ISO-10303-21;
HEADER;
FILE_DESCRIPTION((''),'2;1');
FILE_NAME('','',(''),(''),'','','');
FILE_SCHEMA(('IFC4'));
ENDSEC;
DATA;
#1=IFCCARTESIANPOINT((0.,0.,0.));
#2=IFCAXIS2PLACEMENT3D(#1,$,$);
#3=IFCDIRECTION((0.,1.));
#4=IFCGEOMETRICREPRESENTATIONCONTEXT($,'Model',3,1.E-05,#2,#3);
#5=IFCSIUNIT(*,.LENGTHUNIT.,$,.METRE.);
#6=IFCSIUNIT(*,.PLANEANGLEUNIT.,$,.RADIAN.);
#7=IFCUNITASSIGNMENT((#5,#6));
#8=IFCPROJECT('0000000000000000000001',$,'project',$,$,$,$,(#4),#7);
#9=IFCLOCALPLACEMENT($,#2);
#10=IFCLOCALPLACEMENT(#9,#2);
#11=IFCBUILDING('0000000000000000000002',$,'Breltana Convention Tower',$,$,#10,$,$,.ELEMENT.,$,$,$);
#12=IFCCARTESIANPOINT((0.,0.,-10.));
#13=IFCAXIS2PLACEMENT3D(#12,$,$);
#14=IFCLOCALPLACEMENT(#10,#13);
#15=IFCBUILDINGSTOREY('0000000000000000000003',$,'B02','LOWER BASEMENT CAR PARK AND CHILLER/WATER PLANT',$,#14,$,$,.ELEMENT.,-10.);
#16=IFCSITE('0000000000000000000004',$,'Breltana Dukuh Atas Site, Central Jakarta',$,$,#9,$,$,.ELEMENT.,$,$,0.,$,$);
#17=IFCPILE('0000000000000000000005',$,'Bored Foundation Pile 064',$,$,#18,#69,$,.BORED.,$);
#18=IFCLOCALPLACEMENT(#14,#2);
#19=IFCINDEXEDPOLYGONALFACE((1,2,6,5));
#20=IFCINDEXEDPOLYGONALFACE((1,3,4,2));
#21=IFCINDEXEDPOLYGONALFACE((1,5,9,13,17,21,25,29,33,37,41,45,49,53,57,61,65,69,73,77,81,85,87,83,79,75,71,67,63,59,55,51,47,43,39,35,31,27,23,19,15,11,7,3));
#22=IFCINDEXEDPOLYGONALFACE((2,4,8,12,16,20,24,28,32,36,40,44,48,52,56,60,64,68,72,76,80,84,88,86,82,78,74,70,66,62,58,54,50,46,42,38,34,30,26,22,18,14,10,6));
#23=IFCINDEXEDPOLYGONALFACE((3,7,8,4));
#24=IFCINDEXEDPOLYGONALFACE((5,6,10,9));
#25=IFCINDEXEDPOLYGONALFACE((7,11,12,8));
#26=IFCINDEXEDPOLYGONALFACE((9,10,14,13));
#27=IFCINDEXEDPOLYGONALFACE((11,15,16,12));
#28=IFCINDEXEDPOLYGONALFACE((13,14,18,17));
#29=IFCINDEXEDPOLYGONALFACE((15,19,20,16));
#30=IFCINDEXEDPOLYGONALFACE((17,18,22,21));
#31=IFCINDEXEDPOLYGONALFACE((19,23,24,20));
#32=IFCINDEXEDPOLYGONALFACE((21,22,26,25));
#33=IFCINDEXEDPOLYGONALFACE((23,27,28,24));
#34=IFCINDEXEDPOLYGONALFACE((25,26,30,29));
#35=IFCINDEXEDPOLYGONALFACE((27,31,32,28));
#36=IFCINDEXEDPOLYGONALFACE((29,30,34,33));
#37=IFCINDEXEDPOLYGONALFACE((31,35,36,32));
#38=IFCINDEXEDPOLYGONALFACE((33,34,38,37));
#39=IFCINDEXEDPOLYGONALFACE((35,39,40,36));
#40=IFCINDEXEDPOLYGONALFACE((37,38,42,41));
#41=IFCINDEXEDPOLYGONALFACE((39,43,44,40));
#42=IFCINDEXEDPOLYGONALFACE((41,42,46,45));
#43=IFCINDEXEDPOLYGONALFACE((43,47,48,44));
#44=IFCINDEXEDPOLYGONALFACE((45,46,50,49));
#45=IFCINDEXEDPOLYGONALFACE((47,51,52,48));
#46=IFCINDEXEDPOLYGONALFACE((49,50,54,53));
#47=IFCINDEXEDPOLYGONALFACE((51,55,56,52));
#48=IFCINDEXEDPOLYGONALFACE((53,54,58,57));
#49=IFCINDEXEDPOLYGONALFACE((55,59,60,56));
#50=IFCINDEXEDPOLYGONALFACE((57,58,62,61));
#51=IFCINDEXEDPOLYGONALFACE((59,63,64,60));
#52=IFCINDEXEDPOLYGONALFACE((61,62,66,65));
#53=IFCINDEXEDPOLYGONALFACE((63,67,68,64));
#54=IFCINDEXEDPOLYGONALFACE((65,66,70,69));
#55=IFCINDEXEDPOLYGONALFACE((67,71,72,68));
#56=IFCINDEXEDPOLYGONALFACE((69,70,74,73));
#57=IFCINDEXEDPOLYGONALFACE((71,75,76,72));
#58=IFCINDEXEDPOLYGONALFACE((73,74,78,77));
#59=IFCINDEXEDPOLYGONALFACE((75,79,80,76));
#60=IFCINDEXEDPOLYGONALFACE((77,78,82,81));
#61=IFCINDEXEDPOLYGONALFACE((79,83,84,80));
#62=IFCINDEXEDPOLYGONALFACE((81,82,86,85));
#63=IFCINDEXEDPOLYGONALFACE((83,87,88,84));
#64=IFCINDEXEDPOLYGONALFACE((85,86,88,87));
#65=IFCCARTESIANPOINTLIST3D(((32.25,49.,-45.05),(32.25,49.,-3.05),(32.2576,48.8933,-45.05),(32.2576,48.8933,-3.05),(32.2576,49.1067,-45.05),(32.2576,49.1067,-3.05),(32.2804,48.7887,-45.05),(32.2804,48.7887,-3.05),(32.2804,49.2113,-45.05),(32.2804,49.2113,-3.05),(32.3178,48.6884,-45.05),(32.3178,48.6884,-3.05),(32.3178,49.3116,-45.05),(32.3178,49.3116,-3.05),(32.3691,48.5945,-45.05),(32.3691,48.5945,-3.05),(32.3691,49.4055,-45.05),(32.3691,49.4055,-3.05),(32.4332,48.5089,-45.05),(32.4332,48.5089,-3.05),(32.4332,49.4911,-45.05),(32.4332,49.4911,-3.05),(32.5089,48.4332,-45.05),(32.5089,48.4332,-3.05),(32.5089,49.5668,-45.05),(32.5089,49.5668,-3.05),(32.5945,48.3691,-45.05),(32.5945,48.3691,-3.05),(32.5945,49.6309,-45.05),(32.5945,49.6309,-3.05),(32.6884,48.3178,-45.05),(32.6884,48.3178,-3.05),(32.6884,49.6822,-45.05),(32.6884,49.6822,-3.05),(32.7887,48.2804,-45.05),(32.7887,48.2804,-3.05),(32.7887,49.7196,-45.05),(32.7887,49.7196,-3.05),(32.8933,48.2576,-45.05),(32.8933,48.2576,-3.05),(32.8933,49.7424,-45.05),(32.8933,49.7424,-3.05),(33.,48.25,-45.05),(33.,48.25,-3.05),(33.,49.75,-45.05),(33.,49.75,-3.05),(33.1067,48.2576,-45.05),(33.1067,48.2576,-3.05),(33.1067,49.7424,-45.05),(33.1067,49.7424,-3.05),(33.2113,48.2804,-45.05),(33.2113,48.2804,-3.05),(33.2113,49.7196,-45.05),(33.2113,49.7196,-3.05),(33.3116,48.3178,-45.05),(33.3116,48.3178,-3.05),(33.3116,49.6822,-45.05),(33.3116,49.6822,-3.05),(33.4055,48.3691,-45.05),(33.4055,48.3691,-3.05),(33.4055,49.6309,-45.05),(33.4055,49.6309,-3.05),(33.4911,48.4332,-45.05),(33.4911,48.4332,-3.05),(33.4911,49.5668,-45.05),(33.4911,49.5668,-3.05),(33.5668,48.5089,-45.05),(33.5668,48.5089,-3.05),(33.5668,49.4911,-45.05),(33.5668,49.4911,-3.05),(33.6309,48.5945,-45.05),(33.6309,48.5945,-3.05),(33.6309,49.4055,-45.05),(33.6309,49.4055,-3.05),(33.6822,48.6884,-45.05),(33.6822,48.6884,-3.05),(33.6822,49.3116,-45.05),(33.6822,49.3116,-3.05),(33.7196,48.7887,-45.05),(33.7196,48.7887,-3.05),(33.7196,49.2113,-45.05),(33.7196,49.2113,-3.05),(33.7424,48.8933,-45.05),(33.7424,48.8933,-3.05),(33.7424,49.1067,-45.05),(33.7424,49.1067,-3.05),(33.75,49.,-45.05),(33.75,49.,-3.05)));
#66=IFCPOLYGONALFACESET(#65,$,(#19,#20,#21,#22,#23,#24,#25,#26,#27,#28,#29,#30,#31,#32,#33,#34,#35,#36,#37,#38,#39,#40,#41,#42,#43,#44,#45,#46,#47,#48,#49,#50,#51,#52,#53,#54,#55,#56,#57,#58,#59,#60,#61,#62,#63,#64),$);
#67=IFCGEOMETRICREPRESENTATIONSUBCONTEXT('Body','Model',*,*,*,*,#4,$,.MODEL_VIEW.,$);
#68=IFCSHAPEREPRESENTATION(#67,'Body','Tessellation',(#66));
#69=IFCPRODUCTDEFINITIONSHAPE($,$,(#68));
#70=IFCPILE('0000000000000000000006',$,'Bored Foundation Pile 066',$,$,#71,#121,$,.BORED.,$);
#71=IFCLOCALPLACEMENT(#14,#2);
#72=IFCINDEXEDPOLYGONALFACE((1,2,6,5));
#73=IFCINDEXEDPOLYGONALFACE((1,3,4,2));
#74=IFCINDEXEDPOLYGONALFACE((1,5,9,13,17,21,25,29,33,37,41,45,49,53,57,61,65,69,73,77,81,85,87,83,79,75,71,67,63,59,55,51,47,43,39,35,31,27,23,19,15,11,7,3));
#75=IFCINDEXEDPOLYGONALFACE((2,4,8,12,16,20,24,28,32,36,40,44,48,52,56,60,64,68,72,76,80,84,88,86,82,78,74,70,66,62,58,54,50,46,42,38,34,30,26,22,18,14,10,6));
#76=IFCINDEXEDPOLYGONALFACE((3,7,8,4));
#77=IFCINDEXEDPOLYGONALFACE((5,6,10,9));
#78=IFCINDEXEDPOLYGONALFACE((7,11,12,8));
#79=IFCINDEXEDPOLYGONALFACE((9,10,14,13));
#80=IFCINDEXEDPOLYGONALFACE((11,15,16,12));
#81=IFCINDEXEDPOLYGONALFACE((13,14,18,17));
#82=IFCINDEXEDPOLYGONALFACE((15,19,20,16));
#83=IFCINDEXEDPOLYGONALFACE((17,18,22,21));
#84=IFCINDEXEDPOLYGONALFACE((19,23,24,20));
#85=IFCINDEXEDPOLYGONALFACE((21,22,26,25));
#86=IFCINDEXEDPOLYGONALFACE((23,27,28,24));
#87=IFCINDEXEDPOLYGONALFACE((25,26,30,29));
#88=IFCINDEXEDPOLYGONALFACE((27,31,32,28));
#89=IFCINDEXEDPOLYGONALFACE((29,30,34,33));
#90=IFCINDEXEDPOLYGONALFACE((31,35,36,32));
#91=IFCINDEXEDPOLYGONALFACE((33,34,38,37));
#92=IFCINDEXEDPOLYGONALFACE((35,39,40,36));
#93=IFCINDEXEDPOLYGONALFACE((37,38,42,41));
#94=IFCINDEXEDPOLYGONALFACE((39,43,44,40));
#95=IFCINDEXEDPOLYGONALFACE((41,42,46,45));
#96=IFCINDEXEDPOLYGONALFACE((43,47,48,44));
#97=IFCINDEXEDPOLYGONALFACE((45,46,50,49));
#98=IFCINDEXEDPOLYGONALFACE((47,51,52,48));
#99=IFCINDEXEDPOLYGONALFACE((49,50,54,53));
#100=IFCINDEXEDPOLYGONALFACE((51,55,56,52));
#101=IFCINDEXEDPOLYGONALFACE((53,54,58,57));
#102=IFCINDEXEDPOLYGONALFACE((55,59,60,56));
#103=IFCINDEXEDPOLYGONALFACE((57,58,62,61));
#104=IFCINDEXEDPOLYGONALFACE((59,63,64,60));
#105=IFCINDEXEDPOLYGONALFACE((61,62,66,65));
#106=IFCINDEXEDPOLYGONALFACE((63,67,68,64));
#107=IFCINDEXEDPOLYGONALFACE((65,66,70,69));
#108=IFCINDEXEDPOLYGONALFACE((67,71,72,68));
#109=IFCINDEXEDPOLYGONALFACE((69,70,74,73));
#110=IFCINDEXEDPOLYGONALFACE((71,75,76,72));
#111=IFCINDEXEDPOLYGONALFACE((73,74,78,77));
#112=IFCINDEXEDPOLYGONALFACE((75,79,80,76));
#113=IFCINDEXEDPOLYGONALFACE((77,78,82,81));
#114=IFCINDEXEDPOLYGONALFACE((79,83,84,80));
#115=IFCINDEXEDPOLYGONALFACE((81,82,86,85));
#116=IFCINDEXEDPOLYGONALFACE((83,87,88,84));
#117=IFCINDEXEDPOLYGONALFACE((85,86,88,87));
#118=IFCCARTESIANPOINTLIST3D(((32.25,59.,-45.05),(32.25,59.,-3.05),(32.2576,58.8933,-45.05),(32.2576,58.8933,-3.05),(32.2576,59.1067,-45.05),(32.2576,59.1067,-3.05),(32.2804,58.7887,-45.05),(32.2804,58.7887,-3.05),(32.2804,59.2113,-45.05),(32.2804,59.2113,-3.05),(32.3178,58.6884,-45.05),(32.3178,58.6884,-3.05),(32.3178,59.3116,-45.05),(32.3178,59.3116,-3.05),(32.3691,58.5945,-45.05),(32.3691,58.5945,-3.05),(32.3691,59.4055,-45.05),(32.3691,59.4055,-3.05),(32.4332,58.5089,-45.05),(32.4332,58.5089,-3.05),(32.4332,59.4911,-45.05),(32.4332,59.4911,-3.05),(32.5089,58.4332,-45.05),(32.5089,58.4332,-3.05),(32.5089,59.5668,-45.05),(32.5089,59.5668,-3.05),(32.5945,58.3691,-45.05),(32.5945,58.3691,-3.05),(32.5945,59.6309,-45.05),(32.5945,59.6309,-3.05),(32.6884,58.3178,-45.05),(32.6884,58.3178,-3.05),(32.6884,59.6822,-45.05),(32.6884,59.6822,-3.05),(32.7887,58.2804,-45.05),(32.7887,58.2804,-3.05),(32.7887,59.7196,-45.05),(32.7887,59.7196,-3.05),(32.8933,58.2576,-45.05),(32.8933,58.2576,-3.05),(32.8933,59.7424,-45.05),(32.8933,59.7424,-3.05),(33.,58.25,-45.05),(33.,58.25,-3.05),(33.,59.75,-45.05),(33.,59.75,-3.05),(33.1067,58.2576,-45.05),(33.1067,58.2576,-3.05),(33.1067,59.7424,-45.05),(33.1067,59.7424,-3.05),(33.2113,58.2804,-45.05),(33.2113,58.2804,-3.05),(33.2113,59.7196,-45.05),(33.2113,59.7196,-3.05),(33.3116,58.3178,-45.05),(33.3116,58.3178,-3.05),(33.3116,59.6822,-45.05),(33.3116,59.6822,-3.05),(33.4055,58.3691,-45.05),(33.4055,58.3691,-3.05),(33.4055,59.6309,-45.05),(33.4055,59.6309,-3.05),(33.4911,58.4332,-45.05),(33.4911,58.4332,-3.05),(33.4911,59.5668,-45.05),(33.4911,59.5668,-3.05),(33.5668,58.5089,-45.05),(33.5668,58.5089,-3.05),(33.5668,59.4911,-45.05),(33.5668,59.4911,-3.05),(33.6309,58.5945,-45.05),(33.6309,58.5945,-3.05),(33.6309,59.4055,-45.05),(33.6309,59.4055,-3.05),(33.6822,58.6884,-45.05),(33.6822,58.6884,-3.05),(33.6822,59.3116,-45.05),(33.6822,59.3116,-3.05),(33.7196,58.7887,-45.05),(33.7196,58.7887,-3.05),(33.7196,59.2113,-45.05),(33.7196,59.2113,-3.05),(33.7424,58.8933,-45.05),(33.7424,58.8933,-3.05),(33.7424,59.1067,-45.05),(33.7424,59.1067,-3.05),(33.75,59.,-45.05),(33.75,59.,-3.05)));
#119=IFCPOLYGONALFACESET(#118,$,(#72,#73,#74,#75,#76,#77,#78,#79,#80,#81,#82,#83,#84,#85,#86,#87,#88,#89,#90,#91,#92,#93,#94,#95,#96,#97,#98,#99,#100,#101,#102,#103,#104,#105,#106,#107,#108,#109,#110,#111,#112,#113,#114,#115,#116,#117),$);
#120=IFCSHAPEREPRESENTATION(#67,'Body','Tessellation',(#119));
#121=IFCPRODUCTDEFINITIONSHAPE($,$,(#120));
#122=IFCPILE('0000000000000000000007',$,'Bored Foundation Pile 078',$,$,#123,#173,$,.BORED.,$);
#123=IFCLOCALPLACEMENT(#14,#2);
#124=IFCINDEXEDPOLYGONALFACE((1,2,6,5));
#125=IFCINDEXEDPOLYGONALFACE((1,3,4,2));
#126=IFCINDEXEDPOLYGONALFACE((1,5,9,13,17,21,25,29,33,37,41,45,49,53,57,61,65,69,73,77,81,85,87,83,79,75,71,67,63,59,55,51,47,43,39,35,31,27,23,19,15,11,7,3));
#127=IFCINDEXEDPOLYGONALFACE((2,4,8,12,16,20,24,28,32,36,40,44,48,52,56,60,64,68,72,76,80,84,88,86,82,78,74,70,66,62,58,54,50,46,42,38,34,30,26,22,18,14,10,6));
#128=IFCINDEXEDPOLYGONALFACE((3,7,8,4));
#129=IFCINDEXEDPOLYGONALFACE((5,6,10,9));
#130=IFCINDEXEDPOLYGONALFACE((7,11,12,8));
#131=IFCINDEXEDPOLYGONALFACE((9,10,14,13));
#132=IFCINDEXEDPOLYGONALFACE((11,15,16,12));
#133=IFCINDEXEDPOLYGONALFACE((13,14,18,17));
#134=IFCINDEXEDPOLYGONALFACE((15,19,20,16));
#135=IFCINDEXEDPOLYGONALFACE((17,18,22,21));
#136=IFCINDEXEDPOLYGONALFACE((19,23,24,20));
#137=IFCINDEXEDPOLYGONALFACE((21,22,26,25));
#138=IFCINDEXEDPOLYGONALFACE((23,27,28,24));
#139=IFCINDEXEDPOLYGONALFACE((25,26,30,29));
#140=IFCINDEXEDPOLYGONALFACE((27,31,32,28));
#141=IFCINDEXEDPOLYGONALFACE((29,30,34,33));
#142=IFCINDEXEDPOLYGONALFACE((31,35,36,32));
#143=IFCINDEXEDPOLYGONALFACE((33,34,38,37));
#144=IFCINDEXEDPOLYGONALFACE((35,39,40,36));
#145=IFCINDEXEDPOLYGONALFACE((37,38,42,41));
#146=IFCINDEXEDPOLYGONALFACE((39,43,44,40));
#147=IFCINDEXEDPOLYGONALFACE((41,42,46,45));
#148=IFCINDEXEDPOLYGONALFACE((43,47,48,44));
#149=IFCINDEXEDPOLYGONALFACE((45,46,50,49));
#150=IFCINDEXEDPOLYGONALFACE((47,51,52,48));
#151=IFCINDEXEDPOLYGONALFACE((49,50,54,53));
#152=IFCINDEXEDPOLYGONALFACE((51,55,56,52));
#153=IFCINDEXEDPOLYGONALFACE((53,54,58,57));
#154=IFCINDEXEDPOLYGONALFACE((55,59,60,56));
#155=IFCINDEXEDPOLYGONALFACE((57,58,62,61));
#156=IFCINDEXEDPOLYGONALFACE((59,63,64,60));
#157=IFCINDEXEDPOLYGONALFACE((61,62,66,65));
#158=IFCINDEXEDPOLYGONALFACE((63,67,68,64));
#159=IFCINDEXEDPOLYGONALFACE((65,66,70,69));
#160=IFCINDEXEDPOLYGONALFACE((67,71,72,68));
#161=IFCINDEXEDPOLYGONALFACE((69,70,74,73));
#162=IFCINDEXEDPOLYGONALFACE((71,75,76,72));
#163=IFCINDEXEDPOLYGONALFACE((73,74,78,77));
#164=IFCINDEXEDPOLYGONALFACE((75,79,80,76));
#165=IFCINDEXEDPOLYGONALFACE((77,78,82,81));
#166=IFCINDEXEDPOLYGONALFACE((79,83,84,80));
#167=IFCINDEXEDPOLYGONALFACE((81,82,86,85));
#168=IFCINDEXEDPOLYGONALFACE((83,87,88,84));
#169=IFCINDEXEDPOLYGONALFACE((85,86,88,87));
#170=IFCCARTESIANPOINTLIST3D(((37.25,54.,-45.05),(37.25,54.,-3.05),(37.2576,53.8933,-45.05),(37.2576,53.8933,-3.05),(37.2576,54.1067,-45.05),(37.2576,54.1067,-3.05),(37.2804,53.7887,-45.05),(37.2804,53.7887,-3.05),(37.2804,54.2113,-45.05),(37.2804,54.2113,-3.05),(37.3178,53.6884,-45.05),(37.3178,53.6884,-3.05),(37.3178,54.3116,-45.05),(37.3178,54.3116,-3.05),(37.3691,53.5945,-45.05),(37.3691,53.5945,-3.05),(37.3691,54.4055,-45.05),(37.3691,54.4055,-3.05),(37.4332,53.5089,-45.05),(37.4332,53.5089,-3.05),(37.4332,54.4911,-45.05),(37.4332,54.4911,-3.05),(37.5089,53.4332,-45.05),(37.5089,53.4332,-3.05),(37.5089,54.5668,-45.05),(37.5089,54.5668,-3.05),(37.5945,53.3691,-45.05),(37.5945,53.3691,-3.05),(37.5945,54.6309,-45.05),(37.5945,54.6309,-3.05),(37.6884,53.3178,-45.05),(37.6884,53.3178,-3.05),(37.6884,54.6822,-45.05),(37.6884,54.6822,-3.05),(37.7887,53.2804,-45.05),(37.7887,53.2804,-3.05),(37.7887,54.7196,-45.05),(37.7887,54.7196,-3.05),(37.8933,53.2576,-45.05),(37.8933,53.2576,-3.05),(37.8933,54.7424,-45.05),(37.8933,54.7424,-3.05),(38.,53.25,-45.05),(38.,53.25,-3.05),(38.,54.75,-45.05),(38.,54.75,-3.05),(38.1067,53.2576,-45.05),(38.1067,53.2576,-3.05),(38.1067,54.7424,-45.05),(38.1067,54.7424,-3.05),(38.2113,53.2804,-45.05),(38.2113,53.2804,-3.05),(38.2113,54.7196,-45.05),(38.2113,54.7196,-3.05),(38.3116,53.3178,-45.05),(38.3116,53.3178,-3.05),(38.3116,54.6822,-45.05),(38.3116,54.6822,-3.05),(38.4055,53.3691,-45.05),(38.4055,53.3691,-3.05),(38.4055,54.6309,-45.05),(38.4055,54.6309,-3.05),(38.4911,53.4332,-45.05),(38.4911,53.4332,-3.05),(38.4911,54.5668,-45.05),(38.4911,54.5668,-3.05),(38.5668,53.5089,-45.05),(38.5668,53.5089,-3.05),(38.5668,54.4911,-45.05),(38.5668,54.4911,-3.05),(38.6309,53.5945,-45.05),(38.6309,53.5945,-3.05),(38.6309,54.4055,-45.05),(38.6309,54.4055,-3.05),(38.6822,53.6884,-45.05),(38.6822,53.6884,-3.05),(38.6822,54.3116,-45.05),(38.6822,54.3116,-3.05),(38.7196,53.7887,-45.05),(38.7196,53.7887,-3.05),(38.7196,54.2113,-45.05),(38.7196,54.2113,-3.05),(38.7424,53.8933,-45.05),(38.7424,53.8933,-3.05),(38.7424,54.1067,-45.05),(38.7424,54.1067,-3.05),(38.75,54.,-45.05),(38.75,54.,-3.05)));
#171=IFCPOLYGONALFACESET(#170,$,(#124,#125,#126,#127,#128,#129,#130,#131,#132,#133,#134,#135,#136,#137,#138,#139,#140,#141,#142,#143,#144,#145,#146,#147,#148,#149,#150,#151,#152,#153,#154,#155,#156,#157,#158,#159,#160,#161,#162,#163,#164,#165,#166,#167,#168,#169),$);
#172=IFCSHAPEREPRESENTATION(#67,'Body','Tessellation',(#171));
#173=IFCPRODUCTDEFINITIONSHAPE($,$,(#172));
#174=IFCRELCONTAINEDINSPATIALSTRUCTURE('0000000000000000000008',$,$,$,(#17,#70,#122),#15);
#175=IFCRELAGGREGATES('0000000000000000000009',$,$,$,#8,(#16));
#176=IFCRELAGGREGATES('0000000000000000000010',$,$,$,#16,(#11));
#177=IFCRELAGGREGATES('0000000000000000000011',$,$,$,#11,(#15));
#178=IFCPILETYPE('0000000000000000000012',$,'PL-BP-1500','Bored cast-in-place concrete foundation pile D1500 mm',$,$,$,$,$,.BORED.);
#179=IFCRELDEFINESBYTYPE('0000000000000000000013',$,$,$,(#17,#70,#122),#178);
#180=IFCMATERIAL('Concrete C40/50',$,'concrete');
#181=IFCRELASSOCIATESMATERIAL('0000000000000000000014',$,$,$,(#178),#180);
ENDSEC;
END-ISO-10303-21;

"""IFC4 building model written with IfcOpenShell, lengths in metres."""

from ifc_helpers import new_model, si_unit, direction, frame, origin, origin_2d, place, context, subcontext, project, spatial, circle, extrude, source, transform, mapped, material, material_profile, profile_set, type_object, type_shapes, element, save


model = new_model("IFC4")

# Units and contexts
model_context = context("Model", 3, precision=1e-05, world=origin(), true_north=direction((0.0, 1.0)))
body_context = subcontext(model_context, "Body", "Model", "MODEL_VIEW")
ifc_project = project(units=[si_unit("LENGTHUNIT", "METRE"), si_unit("PLANEANGLEUNIT", "RADIAN")], contexts=[model_context])

# Site, building, storey
site_placement = place(None, origin())
site = spatial("IfcSite", under=ifc_project, at=site_placement, Name="Breltana Dukuh Atas Site, Central Jakarta", CompositionType="ELEMENT", RefElevation=0.0)
building_placement = place(site_placement, origin())
building = spatial("IfcBuilding", under=site, at=building_placement, Name="Breltana Convention Tower", CompositionType="ELEMENT")
storey_placement = place(building_placement, frame((0.0, 0.0, -10.0)))
storey = spatial("IfcBuildingStorey", under=building, at=storey_placement, Name="B02", Description="LOWER BASEMENT CAR PARK AND CHILLER/WATER PLANT", CompositionType="ELEMENT", Elevation=-10.0)

# Piles
ifc_material_1 = material(Name="Concrete C40/50", Category="concrete")
ifc_material_profile_1 = material_profile(ifc_material_1, circle(Radius=0.75, at=origin_2d()), Name="BP-D1500")
ifc_profile_set_1 = profile_set([ifc_material_profile_1], Name="Concrete C40/50")
pile_type_1 = type_object("IfcPileType", Name="PL-BP-1500", Description="Bored cast-in-place concrete foundation pile D1500 mm", PredefinedType="BORED", material=ifc_profile_set_1)
shared_shape_1 = source(origin(), body_context, "Body", "SweptSolid", [
    extrude(circle(Radius=0.75, at=origin_2d()), origin(), (0.0, 0.0, 1.0), 42.0),
])
type_shapes(pile_type_1, [shared_shape_1])
for number, where, z_axis, x_axis, name in (
    (1, (33.0, 49.0, -3.05), (0.0, 0.0, -1.0), (1.0, 0.0, 0.0), "Bored Foundation Pile 064"),
    (2, (33.0, 59.0, -3.05), (0.0, 0.0, -1.0), (1.0, 0.0, 0.0), "Bored Foundation Pile 066"),
    (3, (38.0, 54.0, -3.05), (0.0, 0.0, -1.0), (1.0, 0.0, 0.0), "Bored Foundation Pile 078"),
):
    element("IfcPile", number, at=place(storey_placement, frame(where, z_axis=z_axis, x_axis=x_axis)), inside=storey, type_object=pile_type_1, Name=name, PredefinedType="BORED", context=body_context, shape_type="MappedRepresentation", body=[
        mapped(shared_shape_1, transform((0.0, 0.0, 0.0), scale=1.0)),
    ])

save(model, "model.ifc")
